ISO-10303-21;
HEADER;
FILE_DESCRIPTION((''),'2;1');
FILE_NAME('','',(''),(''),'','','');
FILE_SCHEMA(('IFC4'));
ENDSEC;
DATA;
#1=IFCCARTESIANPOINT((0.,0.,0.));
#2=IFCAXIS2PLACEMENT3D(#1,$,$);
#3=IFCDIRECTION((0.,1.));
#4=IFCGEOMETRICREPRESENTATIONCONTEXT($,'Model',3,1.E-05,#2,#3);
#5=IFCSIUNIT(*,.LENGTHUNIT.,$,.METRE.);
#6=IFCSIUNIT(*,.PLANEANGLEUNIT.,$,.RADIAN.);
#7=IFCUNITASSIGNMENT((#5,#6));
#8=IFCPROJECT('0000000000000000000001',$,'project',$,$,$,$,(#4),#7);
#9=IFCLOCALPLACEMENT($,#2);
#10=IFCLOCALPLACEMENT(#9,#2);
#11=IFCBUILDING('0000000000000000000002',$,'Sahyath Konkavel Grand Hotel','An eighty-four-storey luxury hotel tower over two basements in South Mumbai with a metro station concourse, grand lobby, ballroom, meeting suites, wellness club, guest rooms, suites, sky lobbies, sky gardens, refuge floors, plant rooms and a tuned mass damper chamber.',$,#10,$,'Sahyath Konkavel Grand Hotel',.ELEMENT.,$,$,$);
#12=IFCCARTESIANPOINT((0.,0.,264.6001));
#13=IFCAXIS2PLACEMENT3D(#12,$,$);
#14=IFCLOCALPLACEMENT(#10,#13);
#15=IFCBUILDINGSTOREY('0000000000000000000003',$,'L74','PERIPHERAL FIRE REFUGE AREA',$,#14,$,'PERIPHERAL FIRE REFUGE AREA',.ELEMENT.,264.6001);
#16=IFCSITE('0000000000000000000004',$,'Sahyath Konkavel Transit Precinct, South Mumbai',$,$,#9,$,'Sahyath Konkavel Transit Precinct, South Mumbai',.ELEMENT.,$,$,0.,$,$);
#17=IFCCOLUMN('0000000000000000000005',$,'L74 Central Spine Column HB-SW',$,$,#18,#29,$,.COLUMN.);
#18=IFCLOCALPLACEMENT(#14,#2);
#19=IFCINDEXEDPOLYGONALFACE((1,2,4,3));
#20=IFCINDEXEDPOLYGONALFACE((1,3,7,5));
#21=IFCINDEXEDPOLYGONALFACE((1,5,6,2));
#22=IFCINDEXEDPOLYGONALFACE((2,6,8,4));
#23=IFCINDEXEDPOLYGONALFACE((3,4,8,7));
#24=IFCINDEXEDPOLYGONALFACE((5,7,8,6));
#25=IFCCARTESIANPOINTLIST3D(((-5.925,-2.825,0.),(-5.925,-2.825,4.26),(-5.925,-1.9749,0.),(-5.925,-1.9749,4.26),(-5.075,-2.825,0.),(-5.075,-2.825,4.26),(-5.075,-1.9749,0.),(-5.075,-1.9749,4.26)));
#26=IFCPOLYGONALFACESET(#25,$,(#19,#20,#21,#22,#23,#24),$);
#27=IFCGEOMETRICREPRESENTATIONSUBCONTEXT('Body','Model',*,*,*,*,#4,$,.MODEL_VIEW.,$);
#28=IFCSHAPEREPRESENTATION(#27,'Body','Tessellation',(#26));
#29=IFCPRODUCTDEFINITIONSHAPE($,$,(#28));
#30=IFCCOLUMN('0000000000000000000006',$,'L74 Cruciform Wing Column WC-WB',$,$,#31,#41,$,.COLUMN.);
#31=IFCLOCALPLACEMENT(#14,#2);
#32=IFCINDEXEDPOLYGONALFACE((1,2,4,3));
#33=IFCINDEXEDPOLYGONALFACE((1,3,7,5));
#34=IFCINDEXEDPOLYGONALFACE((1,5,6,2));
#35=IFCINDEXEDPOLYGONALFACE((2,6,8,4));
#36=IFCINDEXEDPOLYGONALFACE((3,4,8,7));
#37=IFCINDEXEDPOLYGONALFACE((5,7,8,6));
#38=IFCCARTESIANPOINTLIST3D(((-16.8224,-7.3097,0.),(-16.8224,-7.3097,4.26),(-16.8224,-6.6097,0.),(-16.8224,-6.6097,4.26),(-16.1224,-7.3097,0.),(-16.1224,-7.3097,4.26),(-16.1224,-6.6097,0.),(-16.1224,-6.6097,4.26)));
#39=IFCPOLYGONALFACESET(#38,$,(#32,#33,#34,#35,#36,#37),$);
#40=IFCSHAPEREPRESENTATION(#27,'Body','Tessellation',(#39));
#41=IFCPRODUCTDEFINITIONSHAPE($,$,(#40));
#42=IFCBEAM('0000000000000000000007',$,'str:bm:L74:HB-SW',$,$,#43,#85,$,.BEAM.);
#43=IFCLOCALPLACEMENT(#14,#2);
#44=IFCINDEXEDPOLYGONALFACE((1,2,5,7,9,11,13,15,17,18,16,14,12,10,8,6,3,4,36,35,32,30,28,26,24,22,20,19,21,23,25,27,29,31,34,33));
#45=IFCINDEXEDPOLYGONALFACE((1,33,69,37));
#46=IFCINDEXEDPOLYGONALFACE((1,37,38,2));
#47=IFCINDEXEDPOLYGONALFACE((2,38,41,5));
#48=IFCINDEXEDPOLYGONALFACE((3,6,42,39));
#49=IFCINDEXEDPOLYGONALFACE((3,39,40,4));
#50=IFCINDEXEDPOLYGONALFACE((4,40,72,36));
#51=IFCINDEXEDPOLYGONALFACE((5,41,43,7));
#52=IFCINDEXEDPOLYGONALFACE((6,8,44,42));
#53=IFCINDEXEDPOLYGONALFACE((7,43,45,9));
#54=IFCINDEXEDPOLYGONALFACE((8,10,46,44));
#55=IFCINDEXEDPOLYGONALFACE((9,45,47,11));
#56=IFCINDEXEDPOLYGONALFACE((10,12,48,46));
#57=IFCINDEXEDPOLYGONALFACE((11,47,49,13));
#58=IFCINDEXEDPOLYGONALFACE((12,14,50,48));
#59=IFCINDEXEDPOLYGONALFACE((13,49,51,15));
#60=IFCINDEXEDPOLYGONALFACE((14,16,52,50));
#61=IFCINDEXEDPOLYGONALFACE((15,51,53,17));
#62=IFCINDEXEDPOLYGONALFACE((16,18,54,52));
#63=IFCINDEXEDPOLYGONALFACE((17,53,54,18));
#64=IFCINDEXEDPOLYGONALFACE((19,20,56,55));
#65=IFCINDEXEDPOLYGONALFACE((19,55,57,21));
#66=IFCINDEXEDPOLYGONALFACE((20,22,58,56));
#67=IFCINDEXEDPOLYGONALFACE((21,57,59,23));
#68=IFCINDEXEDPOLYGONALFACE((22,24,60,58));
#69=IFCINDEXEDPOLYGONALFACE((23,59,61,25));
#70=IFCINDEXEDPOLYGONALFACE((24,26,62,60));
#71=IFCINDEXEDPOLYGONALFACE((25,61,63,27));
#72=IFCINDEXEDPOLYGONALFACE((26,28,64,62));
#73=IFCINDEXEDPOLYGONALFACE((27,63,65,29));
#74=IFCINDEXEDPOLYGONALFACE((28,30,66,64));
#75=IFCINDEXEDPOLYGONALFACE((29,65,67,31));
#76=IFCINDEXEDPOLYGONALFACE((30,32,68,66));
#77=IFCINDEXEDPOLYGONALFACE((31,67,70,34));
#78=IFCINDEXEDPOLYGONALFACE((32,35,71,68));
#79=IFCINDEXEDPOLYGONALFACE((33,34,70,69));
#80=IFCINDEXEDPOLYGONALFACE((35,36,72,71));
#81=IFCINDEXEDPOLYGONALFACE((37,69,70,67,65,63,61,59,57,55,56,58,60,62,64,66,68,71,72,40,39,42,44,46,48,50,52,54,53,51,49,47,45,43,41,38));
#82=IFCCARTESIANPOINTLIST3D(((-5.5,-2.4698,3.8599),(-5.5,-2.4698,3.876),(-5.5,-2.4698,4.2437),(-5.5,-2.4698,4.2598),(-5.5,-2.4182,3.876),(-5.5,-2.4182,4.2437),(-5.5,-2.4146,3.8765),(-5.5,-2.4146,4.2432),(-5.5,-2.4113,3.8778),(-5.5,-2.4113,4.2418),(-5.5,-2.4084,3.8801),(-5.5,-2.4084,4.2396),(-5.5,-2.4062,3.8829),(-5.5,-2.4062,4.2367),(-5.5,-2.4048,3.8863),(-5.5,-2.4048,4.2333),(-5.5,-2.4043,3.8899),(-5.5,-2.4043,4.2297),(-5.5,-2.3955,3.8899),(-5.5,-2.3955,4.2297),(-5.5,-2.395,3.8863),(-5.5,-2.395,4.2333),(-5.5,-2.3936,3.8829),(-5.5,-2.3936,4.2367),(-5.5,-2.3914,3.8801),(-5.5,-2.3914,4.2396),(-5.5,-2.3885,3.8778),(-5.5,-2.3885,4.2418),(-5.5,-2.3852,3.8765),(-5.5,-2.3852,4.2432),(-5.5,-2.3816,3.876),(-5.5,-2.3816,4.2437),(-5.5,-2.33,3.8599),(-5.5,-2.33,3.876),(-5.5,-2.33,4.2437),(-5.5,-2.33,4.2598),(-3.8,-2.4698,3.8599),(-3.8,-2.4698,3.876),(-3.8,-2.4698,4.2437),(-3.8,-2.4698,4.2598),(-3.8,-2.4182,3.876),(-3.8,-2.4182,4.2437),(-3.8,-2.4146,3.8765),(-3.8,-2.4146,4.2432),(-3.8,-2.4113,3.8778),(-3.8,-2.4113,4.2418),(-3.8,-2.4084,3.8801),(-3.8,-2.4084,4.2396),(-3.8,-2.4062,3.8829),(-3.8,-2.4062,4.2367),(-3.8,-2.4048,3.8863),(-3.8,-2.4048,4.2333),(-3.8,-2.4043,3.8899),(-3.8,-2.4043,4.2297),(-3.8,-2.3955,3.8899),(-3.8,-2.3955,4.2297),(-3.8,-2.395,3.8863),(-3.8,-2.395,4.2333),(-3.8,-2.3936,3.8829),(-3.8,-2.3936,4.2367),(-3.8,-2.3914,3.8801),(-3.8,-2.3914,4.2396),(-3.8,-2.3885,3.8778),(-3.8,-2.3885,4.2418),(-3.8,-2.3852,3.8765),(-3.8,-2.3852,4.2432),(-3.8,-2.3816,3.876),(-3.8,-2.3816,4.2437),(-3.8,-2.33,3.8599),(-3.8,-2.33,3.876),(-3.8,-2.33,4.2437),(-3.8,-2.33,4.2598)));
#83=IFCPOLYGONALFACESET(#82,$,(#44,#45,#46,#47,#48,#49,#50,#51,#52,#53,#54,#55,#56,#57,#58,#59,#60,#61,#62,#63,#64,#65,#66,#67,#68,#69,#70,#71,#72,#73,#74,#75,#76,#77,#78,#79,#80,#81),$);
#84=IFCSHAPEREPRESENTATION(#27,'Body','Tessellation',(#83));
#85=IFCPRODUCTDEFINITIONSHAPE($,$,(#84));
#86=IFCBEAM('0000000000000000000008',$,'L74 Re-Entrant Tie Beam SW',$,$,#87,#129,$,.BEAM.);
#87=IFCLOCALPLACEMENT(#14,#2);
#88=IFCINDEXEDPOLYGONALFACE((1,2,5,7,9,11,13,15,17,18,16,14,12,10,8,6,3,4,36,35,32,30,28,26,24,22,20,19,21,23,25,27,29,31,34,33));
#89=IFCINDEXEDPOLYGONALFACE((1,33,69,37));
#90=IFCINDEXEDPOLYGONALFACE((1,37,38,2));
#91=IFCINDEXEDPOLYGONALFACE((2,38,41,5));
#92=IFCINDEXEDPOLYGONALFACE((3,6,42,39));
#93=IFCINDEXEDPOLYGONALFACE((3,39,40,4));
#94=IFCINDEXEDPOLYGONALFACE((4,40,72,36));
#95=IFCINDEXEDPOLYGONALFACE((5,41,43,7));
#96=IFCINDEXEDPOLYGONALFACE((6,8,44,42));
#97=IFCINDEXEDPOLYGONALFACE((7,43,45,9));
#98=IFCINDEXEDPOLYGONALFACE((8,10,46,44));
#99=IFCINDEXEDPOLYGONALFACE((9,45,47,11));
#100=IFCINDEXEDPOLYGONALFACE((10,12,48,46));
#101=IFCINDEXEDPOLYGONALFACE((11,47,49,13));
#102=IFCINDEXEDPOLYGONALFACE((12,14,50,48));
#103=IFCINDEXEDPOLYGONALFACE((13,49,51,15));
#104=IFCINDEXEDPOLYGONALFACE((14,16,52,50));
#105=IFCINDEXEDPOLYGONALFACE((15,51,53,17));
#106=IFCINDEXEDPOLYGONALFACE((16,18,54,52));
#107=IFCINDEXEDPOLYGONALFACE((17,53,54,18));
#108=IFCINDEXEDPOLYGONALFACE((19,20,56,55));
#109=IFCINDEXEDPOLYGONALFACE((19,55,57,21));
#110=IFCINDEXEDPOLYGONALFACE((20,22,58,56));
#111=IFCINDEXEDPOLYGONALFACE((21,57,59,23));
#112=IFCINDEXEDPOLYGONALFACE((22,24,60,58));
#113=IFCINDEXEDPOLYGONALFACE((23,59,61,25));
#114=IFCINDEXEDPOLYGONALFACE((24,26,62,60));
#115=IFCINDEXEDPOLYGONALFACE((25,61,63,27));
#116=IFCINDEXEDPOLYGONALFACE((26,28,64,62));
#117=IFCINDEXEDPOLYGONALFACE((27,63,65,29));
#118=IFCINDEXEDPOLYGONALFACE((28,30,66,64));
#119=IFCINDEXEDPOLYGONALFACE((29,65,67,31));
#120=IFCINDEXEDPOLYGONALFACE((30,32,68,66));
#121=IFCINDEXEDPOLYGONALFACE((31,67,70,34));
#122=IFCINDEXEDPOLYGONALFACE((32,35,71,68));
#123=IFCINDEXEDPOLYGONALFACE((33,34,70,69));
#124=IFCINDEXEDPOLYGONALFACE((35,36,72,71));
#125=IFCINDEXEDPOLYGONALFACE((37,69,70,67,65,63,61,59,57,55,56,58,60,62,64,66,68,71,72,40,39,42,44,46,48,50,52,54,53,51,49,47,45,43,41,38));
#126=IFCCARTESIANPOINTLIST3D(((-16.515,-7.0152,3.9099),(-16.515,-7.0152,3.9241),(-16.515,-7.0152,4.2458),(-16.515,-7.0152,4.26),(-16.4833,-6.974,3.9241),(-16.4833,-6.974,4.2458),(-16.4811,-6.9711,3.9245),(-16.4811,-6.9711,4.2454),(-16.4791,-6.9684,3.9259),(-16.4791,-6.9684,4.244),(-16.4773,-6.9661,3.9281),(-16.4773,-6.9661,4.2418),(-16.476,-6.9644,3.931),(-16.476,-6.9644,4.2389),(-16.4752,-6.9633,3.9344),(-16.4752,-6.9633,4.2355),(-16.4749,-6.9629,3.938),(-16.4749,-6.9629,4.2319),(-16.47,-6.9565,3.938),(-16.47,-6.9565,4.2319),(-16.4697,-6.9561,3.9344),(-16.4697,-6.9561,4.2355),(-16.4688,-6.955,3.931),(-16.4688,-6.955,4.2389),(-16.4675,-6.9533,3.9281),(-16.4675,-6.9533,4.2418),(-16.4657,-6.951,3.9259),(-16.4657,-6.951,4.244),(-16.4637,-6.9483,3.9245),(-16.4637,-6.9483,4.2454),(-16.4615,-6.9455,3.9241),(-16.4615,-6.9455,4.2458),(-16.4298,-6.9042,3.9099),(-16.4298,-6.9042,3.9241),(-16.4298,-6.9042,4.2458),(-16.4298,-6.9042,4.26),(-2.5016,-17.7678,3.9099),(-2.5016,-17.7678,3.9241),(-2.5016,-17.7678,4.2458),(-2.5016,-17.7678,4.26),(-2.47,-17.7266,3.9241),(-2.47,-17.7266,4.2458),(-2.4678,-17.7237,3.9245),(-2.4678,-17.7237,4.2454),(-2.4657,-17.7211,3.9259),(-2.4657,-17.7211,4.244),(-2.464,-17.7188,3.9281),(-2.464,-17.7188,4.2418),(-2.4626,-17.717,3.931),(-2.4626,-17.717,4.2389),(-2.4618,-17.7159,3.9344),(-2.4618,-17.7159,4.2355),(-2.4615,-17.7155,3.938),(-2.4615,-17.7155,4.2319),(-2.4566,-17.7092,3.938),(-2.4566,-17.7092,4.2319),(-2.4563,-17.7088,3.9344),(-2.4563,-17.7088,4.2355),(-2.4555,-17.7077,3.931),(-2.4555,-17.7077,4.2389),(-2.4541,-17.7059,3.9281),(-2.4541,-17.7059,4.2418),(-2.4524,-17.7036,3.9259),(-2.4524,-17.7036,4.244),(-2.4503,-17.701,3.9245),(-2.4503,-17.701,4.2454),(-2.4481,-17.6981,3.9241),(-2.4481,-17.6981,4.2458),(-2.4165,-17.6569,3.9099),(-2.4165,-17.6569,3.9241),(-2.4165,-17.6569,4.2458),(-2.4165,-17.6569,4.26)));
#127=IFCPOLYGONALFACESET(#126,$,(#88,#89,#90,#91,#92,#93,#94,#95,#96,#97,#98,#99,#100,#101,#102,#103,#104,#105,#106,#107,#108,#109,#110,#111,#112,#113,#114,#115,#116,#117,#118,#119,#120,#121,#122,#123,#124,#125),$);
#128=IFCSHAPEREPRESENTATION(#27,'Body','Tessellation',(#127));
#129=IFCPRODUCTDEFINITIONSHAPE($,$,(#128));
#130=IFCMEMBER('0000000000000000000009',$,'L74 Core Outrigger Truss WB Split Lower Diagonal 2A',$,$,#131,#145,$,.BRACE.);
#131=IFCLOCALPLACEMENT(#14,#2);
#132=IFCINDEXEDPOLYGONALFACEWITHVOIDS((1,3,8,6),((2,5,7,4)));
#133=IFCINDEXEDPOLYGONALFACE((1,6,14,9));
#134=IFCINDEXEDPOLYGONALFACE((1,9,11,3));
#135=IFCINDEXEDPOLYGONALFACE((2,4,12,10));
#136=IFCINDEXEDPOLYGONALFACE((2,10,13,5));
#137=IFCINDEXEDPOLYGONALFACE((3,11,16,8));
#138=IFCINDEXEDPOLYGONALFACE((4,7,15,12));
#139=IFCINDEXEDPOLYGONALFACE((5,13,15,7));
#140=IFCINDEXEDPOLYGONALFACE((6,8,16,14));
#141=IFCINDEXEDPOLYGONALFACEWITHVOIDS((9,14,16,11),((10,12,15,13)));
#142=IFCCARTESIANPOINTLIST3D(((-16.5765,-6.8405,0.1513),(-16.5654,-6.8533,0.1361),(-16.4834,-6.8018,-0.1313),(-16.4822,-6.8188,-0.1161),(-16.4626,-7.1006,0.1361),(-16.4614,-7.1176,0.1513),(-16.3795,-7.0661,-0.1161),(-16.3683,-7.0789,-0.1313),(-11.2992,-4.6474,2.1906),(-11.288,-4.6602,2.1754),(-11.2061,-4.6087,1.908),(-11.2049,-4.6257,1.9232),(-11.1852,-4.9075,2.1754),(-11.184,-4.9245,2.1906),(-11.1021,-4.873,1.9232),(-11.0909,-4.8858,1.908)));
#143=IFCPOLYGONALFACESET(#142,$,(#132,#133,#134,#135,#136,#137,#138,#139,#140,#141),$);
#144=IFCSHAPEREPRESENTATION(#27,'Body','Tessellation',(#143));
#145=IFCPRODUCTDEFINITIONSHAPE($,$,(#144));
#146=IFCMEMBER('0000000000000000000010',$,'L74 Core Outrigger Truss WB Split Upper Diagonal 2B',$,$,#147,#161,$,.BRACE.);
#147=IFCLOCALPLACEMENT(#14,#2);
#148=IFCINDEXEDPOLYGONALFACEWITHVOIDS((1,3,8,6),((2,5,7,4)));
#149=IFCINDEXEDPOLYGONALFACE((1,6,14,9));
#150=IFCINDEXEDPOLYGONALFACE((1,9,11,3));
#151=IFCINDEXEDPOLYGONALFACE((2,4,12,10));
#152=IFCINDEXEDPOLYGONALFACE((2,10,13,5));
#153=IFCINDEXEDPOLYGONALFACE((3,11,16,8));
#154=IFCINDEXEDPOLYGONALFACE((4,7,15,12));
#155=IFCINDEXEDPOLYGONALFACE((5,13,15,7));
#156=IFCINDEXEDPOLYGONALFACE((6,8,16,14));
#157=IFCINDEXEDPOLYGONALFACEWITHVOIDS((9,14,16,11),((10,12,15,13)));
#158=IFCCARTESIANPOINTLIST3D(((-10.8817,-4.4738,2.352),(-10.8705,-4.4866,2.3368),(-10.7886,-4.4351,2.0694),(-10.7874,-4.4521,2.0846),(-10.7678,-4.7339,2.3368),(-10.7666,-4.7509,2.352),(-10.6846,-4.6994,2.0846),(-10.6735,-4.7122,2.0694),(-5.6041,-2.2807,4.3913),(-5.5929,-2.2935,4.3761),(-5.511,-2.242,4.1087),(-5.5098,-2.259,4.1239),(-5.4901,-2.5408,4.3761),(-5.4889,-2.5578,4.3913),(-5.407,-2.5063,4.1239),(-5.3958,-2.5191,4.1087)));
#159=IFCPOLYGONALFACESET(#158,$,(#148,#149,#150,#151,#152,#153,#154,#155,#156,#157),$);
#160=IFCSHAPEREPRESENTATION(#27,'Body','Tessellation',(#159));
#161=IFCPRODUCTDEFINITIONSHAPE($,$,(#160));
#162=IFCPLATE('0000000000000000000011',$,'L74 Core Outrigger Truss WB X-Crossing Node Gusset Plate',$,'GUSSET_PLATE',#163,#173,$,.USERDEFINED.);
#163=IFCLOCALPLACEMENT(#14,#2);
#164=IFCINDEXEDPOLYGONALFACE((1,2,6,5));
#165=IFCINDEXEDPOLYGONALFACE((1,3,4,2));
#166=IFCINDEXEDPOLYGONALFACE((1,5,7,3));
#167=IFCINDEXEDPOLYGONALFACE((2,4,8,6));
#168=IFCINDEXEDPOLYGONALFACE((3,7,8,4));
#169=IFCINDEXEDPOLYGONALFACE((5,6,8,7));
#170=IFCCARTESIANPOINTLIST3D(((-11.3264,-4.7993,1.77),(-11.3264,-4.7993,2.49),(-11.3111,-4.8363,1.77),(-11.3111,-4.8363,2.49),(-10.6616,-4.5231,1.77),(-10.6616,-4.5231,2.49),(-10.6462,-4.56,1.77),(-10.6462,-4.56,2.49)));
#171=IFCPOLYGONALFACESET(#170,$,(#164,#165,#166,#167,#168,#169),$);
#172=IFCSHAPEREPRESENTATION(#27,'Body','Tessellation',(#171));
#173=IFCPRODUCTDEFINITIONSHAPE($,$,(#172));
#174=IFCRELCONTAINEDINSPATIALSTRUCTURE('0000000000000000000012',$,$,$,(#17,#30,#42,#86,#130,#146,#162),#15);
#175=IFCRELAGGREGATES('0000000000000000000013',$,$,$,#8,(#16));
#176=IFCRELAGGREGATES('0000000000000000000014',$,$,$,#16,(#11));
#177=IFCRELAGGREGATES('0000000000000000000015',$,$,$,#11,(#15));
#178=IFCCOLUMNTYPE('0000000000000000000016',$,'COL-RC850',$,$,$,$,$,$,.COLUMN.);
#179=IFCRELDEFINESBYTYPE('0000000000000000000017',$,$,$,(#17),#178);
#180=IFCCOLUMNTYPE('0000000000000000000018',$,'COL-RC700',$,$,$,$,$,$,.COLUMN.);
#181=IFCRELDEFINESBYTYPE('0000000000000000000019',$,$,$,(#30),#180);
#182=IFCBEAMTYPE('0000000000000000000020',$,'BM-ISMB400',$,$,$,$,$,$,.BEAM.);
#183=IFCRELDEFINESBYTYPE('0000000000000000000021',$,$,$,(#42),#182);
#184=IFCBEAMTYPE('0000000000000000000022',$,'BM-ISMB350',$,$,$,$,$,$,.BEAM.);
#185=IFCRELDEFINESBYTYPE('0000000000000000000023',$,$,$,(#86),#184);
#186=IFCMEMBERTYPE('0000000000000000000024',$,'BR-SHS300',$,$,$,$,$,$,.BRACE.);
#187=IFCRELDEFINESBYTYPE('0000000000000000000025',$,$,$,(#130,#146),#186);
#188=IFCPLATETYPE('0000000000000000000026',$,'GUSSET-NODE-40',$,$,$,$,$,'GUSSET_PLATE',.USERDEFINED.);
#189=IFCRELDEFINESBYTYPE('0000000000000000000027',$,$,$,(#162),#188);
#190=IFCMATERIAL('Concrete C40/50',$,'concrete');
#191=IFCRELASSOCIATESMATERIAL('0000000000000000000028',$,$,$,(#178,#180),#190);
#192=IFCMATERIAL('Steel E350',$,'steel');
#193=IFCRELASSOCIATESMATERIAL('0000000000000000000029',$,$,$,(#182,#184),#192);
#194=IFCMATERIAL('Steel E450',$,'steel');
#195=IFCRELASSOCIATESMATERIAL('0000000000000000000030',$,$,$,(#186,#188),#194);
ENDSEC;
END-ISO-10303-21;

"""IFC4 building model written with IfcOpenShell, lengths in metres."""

from ifc_helpers import new_model, si_unit, direction, frame, origin, origin_2d, place, context, subcontext, project, spatial, rectangle, hollow_rectangle, i_section, extrude, source, transform, mapped, material, material_profile, profile_set, type_object, element, save


model = new_model("IFC4")

# Units and contexts
model_context = context("Model", 3, precision=1e-05, world=origin(), true_north=direction((0.0, 1.0)))
body_context = subcontext(model_context, "Body", "Model", "MODEL_VIEW")
ifc_project = project(units=[si_unit("LENGTHUNIT", "METRE"), si_unit("PLANEANGLEUNIT", "RADIAN")], contexts=[model_context])

# Site, building, storey
site_placement = place(None, origin())
site = spatial("IfcSite", under=ifc_project, at=site_placement, Name="Sahyath Konkavel Transit Precinct, South Mumbai", LongName="Sahyath Konkavel Transit Precinct, South Mumbai", CompositionType="ELEMENT", RefElevation=0.0)
building_placement = place(site_placement, origin())
building = spatial("IfcBuilding", under=site, at=building_placement, Name="Sahyath Konkavel Grand Hotel", Description="An eighty-four-storey luxury hotel tower over two basements in South Mumbai with a metro station concourse, grand lobby, ballroom, meeting suites, wellness club, guest rooms, suites, sky lobbies, sky gardens, refuge floors, plant rooms and a tuned mass damper chamber.", LongName="Sahyath Konkavel Grand Hotel", CompositionType="ELEMENT")
storey_placement = place(building_placement, frame((0.0, 0.0, 264.6001)))
storey = spatial("IfcBuildingStorey", under=building, at=storey_placement, Name="L74", Description="PERIPHERAL FIRE REFUGE AREA", LongName="PERIPHERAL FIRE REFUGE AREA", CompositionType="ELEMENT", Elevation=264.6001)

# Columns
ifc_material_1 = material(Name="Concrete C40/50", Category="concrete")
ifc_material_profile_1 = material_profile(ifc_material_1, rectangle(XDim=0.8501, YDim=0.8501, at=origin_2d()), Name="RC 850x850")
ifc_profile_set_1 = profile_set([ifc_material_profile_1], Name="Concrete C40/50")
column_type_1 = type_object("IfcColumnType", Name="COL-RC850", PredefinedType="COLUMN", material=ifc_profile_set_1)
shared_shape_1 = source(origin(), body_context, "Body", "SweptSolid", [
    extrude(rectangle(XDim=0.8501, YDim=0.8501, at=origin_2d()), origin(), (0.0, 0.0, 1.0), 4.26),
])
column_1_placement = place(storey_placement, frame((-5.5, -2.3999, 0.0), z_axis=(0.0, 0.0, 1.0), x_axis=(1.0, 0.0, 0.0)))
element("IfcColumn", 1, at=column_1_placement, inside=storey, type_object=column_type_1, Name="L74 Central Spine Column HB-SW", PredefinedType="COLUMN", context=body_context, shape_type="MappedRepresentation", body=[
    mapped(shared_shape_1, transform((0.0, 0.0, 0.0), scale=1.0)),
])
ifc_material_profile_2 = material_profile(ifc_material_1, rectangle(XDim=0.7, YDim=0.7, at=origin_2d()), Name="RC 700x700")
ifc_profile_set_2 = profile_set([ifc_material_profile_2], Name="Concrete C40/50")
column_type_2 = type_object("IfcColumnType", Name="COL-RC700", PredefinedType="COLUMN", material=ifc_profile_set_2)
shared_shape_2 = source(origin(), body_context, "Body", "SweptSolid", [
    extrude(rectangle(XDim=0.7, YDim=0.7, at=origin_2d()), origin(), (0.0, 0.0, 1.0), 4.26),
])
column_2_placement = place(storey_placement, frame((-16.4724, -6.9597, 0.0), z_axis=(0.0, 0.0, 1.0), x_axis=(1.0, 0.0, 0.0)))
element("IfcColumn", 2, at=column_2_placement, inside=storey, type_object=column_type_2, Name="L74 Cruciform Wing Column WC-WB", PredefinedType="COLUMN", context=body_context, shape_type="MappedRepresentation", body=[
    mapped(shared_shape_2, transform((0.0, 0.0, 0.0), scale=1.0)),
])

# Beams
ifc_material_2 = material(Name="Steel E350", Category="steel")
ifc_material_profile_3 = material_profile(ifc_material_2, i_section(OverallWidth=0.1399, OverallDepth=0.3999, WebThickness=0.0088, FlangeThickness=0.0161, FilletRadius=0.0139, at=origin_2d()), Name="ISMB 400")
ifc_profile_set_3 = profile_set([ifc_material_profile_3], Name="Steel E350")
beam_type_1 = type_object("IfcBeamType", Name="BM-ISMB400", PredefinedType="BEAM", material=ifc_profile_set_3)
shared_shape_3 = source(origin(), body_context, "Body", "SweptSolid", [
    extrude(i_section(OverallWidth=0.1399, OverallDepth=0.3999, WebThickness=0.0088, FlangeThickness=0.0161, FilletRadius=0.0139, at=origin_2d()), origin(), (0.0, 0.0, 1.0), 1.7),
])
beam_1_placement = place(storey_placement, frame((-5.5, -2.3999, 4.0598), z_axis=(1.0, 0.0, 0.0), x_axis=(0.0, 1.0, 0.0)))
element("IfcBeam", 3, at=beam_1_placement, inside=storey, type_object=beam_type_1, Name="str:bm:L74:HB-SW", PredefinedType="BEAM", context=body_context, shape_type="MappedRepresentation", body=[
    mapped(shared_shape_3, transform((0.0, 0.0, 0.0), scale=1.0)),
])
ifc_material_profile_4 = material_profile(ifc_material_2, i_section(OverallWidth=0.1399, OverallDepth=0.3501, WebThickness=0.0081, FlangeThickness=0.0142, FilletRadius=0.0139, at=origin_2d()), Name="ISMB 350")
ifc_profile_set_4 = profile_set([ifc_material_profile_4], Name="Steel E350")
beam_type_2 = type_object("IfcBeamType", Name="BM-ISMB350", PredefinedType="BEAM", material=ifc_profile_set_4)
shared_shape_4 = source(origin(), body_context, "Body", "SweptSolid", [
    extrude(i_section(OverallWidth=0.1399, OverallDepth=0.3501, WebThickness=0.0081, FlangeThickness=0.0142, FilletRadius=0.0139, at=origin_2d()), origin(), (0.0, 0.0, 1.0), 17.6633),
])
beam_2_placement = place(storey_placement, frame((-16.4724, -6.9597, 4.085), z_axis=(0.793359, -0.608754, 0.0), x_axis=(0.608754, 0.793359, 0.0)))
element("IfcBeam", 4, at=beam_2_placement, inside=storey, type_object=beam_type_2, Name="L74 Re-Entrant Tie Beam SW", PredefinedType="BEAM", context=body_context, shape_type="MappedRepresentation", body=[
    mapped(shared_shape_4, transform((0.0, 0.0, 0.0), scale=1.0)),
])

# Members
ifc_material_3 = material(Name="Steel E450", Category="steel")
ifc_material_profile_5 = material_profile(ifc_material_3, hollow_rectangle(XDim=0.3, YDim=0.3, WallThickness=0.0161, at=origin_2d()), Name="SHS 300x300x16")
ifc_profile_set_5 = profile_set([ifc_material_profile_5], Name="Steel E450")
member_type = type_object("IfcMemberType", Name="BR-SHS300", PredefinedType="BRACE", material=ifc_profile_set_5)
shared_shape_5 = source(origin(), body_context, "Body", "SweptSolid", [
    extrude(hollow_rectangle(XDim=0.3, YDim=0.3, WallThickness=0.0161, at=origin_2d()), origin(), (0.0, 0.0, 1.0), 6.0679),
])
member_1_placement = place(storey_placement, frame((-16.4724, -6.9597, 0.01), z_axis=(0.869721, 0.361432, 0.336084), x_axis=(-0.383754, 0.923435, 0.0)))
element("IfcMember", 5, at=member_1_placement, inside=storey, type_object=member_type, Name="L74 Core Outrigger Truss WB Split Lower Diagonal 2A", PredefinedType="BRACE", context=body_context, shape_type="MappedRepresentation", body=[
    mapped(shared_shape_5, transform((0.0, 0.0, 0.0), scale=1.0)),
])
shared_shape_6 = source(origin(), body_context, "Body", "SweptSolid", [
    extrude(hollow_rectangle(XDim=0.3, YDim=0.3, WallThickness=0.0161, at=origin_2d()), origin(), (0.0, 0.0, 1.0), 6.0681),
])
member_2_placement = place(storey_placement, frame((-10.7776, -4.593, 2.2107), z_axis=(0.869731, 0.361419, 0.336072), x_axis=(-0.383739, 0.923442, 0.0)))
element("IfcMember", 6, at=member_2_placement, inside=storey, type_object=member_type, Name="L74 Core Outrigger Truss WB Split Upper Diagonal 2B", PredefinedType="BRACE", context=body_context, shape_type="MappedRepresentation", body=[
    mapped(shared_shape_6, transform((0.0, 0.0, 0.0), scale=1.0)),
])

# Plate
plate_type_1 = type_object("IfcPlateType", Name="GUSSET-NODE-40", ElementType="GUSSET_PLATE", PredefinedType="USERDEFINED", material=ifc_material_3)
shared_shape_7 = source(origin(), body_context, "Body", "SweptSolid", [
    extrude(rectangle(XDim=0.72, YDim=0.04, at=origin_2d()), origin(), (0.0, 0.0, 1.0), 0.72),
])
plate_1_placement = place(storey_placement, frame((-10.9863, -4.6797, 1.77), z_axis=(0.0, 0.0, 1.0), x_axis=(-0.923445, -0.383731, 0.0)))
element("IfcPlate", 7, at=plate_1_placement, inside=storey, type_object=plate_type_1, Name="L74 Core Outrigger Truss WB X-Crossing Node Gusset Plate", ObjectType="GUSSET_PLATE", PredefinedType="USERDEFINED", context=body_context, shape_type="MappedRepresentation", body=[
    mapped(shared_shape_7, transform((0.0, 0.0, 0.0), scale=1.0)),
])

save(model, "model.ifc")
